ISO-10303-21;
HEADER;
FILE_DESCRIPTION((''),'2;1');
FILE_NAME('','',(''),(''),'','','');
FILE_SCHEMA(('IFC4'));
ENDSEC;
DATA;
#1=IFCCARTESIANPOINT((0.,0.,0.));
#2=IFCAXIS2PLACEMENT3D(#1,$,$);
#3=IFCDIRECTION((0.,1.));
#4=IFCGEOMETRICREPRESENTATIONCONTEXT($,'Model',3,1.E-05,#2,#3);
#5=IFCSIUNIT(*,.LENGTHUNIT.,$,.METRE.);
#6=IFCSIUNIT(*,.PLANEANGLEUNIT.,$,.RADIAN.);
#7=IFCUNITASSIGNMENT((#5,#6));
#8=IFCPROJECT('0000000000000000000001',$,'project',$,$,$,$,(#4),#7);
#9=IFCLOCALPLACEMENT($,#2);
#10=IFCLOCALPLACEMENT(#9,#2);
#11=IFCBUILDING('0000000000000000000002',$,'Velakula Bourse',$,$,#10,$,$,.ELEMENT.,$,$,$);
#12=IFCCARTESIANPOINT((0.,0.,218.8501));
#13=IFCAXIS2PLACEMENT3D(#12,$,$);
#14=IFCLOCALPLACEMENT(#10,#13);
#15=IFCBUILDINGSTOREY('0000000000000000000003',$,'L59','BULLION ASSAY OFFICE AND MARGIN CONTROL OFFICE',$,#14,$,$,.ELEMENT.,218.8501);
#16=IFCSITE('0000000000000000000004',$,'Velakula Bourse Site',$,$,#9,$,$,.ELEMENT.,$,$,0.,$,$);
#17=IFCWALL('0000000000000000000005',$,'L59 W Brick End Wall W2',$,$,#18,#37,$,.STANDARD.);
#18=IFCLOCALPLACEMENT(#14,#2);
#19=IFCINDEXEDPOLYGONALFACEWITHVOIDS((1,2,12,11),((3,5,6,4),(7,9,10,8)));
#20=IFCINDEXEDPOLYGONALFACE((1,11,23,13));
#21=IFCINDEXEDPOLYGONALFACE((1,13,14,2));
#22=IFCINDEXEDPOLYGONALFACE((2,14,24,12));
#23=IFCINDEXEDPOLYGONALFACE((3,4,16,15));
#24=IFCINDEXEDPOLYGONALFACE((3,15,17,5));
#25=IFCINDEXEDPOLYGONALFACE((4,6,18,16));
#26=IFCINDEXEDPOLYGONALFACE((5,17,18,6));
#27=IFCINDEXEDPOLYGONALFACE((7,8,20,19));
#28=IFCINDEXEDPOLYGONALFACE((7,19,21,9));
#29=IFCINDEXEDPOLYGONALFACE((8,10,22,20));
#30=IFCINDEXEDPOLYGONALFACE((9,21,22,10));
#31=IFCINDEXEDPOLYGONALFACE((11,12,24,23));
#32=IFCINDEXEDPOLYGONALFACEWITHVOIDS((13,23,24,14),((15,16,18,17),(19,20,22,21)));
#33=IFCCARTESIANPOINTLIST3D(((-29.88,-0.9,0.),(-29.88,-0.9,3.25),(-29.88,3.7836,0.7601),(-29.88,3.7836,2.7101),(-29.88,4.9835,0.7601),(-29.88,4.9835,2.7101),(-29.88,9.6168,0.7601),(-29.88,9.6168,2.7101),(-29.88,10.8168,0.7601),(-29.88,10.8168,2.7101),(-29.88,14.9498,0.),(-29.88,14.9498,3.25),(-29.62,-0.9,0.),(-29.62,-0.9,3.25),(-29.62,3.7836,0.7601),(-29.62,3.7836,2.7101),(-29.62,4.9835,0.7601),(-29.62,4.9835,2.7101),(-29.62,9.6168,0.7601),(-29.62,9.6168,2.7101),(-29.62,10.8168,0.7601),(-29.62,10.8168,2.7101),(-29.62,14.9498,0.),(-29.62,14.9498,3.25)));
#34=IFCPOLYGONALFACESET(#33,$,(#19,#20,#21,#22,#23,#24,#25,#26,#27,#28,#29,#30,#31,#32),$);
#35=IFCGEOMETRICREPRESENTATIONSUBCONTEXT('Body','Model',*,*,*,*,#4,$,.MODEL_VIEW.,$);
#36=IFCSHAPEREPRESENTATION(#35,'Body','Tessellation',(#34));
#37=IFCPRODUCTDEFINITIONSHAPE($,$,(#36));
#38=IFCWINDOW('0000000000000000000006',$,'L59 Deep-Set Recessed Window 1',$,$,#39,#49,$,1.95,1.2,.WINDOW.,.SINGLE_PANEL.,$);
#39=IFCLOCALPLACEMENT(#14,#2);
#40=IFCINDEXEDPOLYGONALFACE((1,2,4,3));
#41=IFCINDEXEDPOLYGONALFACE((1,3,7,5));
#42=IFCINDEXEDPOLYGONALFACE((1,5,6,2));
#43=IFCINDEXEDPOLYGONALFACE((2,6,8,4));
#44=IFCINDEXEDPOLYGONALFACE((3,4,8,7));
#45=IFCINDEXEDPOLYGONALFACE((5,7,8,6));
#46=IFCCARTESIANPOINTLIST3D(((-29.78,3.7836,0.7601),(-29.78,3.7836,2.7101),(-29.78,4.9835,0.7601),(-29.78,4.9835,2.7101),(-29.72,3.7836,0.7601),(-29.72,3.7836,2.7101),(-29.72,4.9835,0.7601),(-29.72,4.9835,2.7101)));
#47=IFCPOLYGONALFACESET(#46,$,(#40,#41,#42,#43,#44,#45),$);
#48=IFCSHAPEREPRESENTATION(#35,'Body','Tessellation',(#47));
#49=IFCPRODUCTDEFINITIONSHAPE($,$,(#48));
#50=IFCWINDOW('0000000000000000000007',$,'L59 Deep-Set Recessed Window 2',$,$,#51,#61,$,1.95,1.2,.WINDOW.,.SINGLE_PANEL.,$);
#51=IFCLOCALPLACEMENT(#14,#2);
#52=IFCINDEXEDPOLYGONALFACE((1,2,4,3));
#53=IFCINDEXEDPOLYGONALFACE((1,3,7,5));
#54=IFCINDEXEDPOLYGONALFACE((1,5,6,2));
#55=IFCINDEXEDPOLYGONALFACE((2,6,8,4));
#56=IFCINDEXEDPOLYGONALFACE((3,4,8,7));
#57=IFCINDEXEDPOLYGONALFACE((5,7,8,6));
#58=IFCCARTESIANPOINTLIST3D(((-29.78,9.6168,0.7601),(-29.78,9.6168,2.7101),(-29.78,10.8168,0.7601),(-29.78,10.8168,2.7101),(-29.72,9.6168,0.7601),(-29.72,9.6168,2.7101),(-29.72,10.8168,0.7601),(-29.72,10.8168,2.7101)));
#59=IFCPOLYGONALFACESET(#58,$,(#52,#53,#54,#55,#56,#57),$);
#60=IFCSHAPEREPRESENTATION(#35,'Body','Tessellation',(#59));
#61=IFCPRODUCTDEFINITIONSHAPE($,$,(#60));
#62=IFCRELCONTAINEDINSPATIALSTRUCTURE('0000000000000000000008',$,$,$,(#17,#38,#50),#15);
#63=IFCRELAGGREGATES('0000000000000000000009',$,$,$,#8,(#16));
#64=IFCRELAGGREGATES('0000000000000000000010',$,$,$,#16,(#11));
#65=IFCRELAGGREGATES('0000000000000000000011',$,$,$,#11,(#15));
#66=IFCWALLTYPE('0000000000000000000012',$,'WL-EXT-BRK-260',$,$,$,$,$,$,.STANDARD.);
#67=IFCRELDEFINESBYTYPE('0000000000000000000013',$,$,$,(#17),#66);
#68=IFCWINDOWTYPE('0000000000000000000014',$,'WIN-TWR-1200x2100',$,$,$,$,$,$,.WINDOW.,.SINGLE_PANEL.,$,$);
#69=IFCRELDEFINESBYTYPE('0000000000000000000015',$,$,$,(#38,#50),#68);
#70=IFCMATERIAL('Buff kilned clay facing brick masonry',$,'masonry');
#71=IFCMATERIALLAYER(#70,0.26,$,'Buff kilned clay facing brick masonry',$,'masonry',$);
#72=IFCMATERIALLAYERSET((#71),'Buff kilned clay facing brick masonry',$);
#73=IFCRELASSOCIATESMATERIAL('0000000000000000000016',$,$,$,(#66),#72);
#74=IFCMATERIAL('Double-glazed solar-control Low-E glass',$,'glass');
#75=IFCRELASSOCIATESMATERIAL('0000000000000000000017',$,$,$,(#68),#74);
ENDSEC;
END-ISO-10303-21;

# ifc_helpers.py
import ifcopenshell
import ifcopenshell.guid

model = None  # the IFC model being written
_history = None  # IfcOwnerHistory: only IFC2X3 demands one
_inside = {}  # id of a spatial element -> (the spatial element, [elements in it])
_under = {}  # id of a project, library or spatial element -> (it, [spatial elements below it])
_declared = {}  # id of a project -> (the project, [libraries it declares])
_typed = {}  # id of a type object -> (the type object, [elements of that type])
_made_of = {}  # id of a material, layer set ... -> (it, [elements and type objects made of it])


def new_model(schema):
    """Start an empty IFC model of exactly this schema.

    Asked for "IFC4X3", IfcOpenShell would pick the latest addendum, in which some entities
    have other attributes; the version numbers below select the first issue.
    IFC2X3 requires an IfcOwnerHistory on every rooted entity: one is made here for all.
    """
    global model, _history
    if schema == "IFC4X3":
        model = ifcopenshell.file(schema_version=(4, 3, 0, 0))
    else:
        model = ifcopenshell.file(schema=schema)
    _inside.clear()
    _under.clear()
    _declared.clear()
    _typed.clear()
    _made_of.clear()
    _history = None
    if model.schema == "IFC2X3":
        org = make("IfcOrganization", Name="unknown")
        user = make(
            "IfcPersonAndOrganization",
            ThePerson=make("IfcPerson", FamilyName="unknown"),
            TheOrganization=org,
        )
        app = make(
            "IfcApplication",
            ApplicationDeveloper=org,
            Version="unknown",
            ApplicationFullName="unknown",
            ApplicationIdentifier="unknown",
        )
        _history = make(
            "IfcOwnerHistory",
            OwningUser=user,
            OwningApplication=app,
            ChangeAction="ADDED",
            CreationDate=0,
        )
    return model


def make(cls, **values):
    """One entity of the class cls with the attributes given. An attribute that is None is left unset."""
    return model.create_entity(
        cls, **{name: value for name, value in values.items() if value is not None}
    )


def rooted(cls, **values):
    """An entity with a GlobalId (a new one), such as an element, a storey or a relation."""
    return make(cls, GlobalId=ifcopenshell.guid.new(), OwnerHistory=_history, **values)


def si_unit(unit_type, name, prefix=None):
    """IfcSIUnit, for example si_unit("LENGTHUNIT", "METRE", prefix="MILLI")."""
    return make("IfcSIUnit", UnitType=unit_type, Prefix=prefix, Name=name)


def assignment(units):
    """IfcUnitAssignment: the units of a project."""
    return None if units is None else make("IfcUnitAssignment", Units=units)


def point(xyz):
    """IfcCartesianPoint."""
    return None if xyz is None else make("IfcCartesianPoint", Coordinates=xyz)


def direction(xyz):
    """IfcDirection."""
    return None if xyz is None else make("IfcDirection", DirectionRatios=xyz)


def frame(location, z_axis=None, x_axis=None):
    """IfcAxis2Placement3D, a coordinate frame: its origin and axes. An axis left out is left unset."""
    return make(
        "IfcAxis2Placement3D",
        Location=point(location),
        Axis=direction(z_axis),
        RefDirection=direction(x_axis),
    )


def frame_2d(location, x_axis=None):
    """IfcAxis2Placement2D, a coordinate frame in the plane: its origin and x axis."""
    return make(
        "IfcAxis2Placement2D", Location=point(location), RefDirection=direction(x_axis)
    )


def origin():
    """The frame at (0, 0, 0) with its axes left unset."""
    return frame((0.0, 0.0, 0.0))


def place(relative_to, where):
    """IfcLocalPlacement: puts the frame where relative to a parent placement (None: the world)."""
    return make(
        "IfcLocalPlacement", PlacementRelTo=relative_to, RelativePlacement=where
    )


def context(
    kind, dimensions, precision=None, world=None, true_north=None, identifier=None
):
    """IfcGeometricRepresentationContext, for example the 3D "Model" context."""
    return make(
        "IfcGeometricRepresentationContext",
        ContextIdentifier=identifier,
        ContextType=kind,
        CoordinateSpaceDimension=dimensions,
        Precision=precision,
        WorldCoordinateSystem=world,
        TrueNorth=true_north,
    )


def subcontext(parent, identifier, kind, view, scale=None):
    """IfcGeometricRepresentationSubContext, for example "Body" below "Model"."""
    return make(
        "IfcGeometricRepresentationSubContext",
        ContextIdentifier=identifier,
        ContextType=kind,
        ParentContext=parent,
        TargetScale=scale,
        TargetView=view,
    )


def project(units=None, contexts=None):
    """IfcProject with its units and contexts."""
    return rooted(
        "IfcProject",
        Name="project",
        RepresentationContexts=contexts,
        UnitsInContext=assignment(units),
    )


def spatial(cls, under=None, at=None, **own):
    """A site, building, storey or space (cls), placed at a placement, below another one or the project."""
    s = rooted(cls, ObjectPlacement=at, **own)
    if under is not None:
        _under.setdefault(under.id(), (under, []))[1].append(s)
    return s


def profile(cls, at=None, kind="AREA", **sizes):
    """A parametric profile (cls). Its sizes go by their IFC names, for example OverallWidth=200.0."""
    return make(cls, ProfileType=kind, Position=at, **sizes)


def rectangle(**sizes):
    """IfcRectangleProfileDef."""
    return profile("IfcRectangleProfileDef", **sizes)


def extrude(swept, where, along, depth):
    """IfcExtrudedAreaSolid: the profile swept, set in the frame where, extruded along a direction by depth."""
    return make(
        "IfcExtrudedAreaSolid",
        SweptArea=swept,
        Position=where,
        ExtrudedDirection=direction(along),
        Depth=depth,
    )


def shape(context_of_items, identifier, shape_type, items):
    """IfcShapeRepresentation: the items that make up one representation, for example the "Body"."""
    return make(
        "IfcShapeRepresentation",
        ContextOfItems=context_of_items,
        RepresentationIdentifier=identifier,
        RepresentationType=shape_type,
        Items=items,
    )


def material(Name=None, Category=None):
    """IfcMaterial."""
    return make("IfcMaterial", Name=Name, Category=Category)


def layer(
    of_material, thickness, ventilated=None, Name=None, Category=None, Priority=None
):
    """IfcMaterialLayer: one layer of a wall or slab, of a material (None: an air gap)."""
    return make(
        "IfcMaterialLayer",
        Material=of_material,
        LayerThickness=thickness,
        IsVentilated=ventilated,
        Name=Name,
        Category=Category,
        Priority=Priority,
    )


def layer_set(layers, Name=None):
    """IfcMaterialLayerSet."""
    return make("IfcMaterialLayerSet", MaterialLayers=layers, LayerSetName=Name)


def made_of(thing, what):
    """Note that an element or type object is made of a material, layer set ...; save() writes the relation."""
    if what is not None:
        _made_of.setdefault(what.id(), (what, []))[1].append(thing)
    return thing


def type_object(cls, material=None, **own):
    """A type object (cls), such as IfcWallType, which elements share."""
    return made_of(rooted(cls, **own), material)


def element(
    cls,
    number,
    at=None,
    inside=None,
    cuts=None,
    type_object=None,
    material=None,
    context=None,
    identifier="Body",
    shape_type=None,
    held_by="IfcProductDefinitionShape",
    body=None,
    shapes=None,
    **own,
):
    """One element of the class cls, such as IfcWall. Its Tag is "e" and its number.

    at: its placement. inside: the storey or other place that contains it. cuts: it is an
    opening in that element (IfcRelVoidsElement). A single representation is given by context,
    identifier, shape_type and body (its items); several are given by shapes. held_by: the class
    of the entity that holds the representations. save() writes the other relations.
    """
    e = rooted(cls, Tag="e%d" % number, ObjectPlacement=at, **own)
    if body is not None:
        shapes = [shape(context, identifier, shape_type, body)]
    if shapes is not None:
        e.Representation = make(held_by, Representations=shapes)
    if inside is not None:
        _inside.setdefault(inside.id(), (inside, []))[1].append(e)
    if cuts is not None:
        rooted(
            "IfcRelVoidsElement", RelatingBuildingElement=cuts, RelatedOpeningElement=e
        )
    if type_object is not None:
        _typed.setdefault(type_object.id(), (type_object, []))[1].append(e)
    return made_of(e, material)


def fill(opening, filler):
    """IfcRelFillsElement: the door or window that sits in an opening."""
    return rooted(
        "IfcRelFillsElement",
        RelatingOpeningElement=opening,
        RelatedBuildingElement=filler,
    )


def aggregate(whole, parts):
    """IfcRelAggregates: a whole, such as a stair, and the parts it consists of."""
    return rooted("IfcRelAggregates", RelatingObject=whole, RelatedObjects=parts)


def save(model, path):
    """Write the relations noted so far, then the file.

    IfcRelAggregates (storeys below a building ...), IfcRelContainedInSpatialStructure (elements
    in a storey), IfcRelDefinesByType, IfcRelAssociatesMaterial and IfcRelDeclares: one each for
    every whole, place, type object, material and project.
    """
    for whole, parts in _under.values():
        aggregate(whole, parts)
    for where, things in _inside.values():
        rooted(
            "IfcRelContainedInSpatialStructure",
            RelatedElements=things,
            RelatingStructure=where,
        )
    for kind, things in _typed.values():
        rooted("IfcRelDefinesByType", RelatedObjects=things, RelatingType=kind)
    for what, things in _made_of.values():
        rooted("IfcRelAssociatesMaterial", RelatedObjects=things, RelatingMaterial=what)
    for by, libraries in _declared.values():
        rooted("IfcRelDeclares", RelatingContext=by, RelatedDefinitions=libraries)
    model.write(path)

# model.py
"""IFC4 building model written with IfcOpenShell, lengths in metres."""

from ifc_helpers import new_model, si_unit, direction, frame, frame_2d, origin, place, context, subcontext, project, spatial, rectangle, extrude, material, layer, layer_set, type_object, element, fill, save


model = new_model("IFC4")

# Units and contexts
model_context = context("Model", 3, precision=1e-05, world=origin(), true_north=direction((0.0, 1.0)))
body_context = subcontext(model_context, "Body", "Model", "MODEL_VIEW")
ifc_project = project(units=[si_unit("LENGTHUNIT", "METRE"), si_unit("PLANEANGLEUNIT", "RADIAN")], contexts=[model_context])

# Site, building, storey
site_placement = place(None, origin())
site = spatial("IfcSite", under=ifc_project, at=site_placement, Name="Velakula Bourse Site", CompositionType="ELEMENT", RefElevation=0.0)
building_placement = place(site_placement, origin())
building = spatial("IfcBuilding", under=site, at=building_placement, Name="Velakula Bourse", CompositionType="ELEMENT")
storey_placement = place(building_placement, frame((0.0, 0.0, 218.8501)))
storey = spatial("IfcBuildingStorey", under=building, at=storey_placement, Name="L59", Description="BULLION ASSAY OFFICE AND MARGIN CONTROL OFFICE", CompositionType="ELEMENT", Elevation=218.8501)

# Wall, openings, windows
ifc_material_1 = material(Name="Buff kilned clay facing brick masonry", Category="masonry")
ifc_layer = layer(ifc_material_1, 0.26, Name="Buff kilned clay facing brick masonry", Category="masonry")
ifc_layer_set = layer_set([ifc_layer], Name="Buff kilned clay facing brick masonry")
wall_type = type_object("IfcWallType", Name="WL-EXT-BRK-260", PredefinedType="STANDARD", material=ifc_layer_set)
wall_placement = place(storey_placement, frame((-29.75, -0.8999, 0.0), z_axis=(0.0, 0.0, 1.0), x_axis=(0.0, 1.0, 0.0)))
wall = element("IfcWall", 1, at=wall_placement, inside=storey, type_object=wall_type, Name="L59 W Brick End Wall W2", PredefinedType="STANDARD", context=body_context, shape_type="SweptSolid", body=[
    extrude(rectangle(XDim=15.8499, YDim=0.26, at=frame_2d((7.9248, 0.0))), origin(), (0.0, 0.0, 1.0), 3.25),
])
opening_1_placement = place(wall_placement, frame((4.6833, 0.0, 0.76)))
opening_1 = element("IfcOpeningElement", 2, at=opening_1_placement, cuts=wall, PredefinedType="OPENING", context=body_context, shape_type="SweptSolid", body=[
    extrude(rectangle(XDim=1.2, YDim=1.95, at=frame_2d((0.6001, 0.9751))), frame((0.0, 0.1399, 0.0), z_axis=(0.0, -1.0, 0.0), x_axis=(1.0, 0.0, 0.0)), (0.0, 0.0, 1.0), 0.28),
])
opening_2_placement = place(wall_placement, frame((10.5166, 0.0, 0.76)))
opening_2 = element("IfcOpeningElement", 3, at=opening_2_placement, cuts=wall, PredefinedType="OPENING", context=body_context, shape_type="SweptSolid", body=[
    extrude(rectangle(XDim=1.2, YDim=1.95, at=frame_2d((0.6001, 0.9751))), frame((0.0, 0.1399, 0.0), z_axis=(0.0, -1.0, 0.0), x_axis=(1.0, 0.0, 0.0)), (0.0, 0.0, 1.0), 0.28),
])
ifc_material_2 = material(Name="Double-glazed solar-control Low-E glass", Category="glass")
window_type = type_object("IfcWindowType", Name="WIN-TWR-1200x2100", PartitioningType="SINGLE_PANEL", PredefinedType="WINDOW", material=ifc_material_2)
window_1_placement = place(opening_1_placement, origin())
window_1 = element("IfcWindow", 4, at=window_1_placement, inside=storey, type_object=window_type, Name="L59 Deep-Set Recessed Window 1", OverallHeight=1.95, OverallWidth=1.2, PartitioningType="SINGLE_PANEL", PredefinedType="WINDOW", context=body_context, shape_type="SweptSolid", body=[
    extrude(rectangle(XDim=1.2, YDim=1.95, at=frame_2d((0.6001, 0.9751))), frame((0.0, 0.03, 0.0), z_axis=(0.0, -1.0, 0.0), x_axis=(1.0, 0.0, 0.0)), (0.0, 0.0, 1.0), 0.0601),
])
fill(opening_1, window_1)
window_2_placement = place(opening_2_placement, origin())
window_2 = element("IfcWindow", 5, at=window_2_placement, inside=storey, type_object=window_type, Name="L59 Deep-Set Recessed Window 2", OverallHeight=1.95, OverallWidth=1.2, PartitioningType="SINGLE_PANEL", PredefinedType="WINDOW", context=body_context, shape_type="SweptSolid", body=[
    extrude(rectangle(XDim=1.2, YDim=1.95, at=frame_2d((0.6001, 0.9751))), frame((0.0, 0.03, 0.0), z_axis=(0.0, -1.0, 0.0), x_axis=(1.0, 0.0, 0.0)), (0.0, 0.0, 1.0), 0.0601),
])
fill(opening_2, window_2)

save(model, "model.ifc")
